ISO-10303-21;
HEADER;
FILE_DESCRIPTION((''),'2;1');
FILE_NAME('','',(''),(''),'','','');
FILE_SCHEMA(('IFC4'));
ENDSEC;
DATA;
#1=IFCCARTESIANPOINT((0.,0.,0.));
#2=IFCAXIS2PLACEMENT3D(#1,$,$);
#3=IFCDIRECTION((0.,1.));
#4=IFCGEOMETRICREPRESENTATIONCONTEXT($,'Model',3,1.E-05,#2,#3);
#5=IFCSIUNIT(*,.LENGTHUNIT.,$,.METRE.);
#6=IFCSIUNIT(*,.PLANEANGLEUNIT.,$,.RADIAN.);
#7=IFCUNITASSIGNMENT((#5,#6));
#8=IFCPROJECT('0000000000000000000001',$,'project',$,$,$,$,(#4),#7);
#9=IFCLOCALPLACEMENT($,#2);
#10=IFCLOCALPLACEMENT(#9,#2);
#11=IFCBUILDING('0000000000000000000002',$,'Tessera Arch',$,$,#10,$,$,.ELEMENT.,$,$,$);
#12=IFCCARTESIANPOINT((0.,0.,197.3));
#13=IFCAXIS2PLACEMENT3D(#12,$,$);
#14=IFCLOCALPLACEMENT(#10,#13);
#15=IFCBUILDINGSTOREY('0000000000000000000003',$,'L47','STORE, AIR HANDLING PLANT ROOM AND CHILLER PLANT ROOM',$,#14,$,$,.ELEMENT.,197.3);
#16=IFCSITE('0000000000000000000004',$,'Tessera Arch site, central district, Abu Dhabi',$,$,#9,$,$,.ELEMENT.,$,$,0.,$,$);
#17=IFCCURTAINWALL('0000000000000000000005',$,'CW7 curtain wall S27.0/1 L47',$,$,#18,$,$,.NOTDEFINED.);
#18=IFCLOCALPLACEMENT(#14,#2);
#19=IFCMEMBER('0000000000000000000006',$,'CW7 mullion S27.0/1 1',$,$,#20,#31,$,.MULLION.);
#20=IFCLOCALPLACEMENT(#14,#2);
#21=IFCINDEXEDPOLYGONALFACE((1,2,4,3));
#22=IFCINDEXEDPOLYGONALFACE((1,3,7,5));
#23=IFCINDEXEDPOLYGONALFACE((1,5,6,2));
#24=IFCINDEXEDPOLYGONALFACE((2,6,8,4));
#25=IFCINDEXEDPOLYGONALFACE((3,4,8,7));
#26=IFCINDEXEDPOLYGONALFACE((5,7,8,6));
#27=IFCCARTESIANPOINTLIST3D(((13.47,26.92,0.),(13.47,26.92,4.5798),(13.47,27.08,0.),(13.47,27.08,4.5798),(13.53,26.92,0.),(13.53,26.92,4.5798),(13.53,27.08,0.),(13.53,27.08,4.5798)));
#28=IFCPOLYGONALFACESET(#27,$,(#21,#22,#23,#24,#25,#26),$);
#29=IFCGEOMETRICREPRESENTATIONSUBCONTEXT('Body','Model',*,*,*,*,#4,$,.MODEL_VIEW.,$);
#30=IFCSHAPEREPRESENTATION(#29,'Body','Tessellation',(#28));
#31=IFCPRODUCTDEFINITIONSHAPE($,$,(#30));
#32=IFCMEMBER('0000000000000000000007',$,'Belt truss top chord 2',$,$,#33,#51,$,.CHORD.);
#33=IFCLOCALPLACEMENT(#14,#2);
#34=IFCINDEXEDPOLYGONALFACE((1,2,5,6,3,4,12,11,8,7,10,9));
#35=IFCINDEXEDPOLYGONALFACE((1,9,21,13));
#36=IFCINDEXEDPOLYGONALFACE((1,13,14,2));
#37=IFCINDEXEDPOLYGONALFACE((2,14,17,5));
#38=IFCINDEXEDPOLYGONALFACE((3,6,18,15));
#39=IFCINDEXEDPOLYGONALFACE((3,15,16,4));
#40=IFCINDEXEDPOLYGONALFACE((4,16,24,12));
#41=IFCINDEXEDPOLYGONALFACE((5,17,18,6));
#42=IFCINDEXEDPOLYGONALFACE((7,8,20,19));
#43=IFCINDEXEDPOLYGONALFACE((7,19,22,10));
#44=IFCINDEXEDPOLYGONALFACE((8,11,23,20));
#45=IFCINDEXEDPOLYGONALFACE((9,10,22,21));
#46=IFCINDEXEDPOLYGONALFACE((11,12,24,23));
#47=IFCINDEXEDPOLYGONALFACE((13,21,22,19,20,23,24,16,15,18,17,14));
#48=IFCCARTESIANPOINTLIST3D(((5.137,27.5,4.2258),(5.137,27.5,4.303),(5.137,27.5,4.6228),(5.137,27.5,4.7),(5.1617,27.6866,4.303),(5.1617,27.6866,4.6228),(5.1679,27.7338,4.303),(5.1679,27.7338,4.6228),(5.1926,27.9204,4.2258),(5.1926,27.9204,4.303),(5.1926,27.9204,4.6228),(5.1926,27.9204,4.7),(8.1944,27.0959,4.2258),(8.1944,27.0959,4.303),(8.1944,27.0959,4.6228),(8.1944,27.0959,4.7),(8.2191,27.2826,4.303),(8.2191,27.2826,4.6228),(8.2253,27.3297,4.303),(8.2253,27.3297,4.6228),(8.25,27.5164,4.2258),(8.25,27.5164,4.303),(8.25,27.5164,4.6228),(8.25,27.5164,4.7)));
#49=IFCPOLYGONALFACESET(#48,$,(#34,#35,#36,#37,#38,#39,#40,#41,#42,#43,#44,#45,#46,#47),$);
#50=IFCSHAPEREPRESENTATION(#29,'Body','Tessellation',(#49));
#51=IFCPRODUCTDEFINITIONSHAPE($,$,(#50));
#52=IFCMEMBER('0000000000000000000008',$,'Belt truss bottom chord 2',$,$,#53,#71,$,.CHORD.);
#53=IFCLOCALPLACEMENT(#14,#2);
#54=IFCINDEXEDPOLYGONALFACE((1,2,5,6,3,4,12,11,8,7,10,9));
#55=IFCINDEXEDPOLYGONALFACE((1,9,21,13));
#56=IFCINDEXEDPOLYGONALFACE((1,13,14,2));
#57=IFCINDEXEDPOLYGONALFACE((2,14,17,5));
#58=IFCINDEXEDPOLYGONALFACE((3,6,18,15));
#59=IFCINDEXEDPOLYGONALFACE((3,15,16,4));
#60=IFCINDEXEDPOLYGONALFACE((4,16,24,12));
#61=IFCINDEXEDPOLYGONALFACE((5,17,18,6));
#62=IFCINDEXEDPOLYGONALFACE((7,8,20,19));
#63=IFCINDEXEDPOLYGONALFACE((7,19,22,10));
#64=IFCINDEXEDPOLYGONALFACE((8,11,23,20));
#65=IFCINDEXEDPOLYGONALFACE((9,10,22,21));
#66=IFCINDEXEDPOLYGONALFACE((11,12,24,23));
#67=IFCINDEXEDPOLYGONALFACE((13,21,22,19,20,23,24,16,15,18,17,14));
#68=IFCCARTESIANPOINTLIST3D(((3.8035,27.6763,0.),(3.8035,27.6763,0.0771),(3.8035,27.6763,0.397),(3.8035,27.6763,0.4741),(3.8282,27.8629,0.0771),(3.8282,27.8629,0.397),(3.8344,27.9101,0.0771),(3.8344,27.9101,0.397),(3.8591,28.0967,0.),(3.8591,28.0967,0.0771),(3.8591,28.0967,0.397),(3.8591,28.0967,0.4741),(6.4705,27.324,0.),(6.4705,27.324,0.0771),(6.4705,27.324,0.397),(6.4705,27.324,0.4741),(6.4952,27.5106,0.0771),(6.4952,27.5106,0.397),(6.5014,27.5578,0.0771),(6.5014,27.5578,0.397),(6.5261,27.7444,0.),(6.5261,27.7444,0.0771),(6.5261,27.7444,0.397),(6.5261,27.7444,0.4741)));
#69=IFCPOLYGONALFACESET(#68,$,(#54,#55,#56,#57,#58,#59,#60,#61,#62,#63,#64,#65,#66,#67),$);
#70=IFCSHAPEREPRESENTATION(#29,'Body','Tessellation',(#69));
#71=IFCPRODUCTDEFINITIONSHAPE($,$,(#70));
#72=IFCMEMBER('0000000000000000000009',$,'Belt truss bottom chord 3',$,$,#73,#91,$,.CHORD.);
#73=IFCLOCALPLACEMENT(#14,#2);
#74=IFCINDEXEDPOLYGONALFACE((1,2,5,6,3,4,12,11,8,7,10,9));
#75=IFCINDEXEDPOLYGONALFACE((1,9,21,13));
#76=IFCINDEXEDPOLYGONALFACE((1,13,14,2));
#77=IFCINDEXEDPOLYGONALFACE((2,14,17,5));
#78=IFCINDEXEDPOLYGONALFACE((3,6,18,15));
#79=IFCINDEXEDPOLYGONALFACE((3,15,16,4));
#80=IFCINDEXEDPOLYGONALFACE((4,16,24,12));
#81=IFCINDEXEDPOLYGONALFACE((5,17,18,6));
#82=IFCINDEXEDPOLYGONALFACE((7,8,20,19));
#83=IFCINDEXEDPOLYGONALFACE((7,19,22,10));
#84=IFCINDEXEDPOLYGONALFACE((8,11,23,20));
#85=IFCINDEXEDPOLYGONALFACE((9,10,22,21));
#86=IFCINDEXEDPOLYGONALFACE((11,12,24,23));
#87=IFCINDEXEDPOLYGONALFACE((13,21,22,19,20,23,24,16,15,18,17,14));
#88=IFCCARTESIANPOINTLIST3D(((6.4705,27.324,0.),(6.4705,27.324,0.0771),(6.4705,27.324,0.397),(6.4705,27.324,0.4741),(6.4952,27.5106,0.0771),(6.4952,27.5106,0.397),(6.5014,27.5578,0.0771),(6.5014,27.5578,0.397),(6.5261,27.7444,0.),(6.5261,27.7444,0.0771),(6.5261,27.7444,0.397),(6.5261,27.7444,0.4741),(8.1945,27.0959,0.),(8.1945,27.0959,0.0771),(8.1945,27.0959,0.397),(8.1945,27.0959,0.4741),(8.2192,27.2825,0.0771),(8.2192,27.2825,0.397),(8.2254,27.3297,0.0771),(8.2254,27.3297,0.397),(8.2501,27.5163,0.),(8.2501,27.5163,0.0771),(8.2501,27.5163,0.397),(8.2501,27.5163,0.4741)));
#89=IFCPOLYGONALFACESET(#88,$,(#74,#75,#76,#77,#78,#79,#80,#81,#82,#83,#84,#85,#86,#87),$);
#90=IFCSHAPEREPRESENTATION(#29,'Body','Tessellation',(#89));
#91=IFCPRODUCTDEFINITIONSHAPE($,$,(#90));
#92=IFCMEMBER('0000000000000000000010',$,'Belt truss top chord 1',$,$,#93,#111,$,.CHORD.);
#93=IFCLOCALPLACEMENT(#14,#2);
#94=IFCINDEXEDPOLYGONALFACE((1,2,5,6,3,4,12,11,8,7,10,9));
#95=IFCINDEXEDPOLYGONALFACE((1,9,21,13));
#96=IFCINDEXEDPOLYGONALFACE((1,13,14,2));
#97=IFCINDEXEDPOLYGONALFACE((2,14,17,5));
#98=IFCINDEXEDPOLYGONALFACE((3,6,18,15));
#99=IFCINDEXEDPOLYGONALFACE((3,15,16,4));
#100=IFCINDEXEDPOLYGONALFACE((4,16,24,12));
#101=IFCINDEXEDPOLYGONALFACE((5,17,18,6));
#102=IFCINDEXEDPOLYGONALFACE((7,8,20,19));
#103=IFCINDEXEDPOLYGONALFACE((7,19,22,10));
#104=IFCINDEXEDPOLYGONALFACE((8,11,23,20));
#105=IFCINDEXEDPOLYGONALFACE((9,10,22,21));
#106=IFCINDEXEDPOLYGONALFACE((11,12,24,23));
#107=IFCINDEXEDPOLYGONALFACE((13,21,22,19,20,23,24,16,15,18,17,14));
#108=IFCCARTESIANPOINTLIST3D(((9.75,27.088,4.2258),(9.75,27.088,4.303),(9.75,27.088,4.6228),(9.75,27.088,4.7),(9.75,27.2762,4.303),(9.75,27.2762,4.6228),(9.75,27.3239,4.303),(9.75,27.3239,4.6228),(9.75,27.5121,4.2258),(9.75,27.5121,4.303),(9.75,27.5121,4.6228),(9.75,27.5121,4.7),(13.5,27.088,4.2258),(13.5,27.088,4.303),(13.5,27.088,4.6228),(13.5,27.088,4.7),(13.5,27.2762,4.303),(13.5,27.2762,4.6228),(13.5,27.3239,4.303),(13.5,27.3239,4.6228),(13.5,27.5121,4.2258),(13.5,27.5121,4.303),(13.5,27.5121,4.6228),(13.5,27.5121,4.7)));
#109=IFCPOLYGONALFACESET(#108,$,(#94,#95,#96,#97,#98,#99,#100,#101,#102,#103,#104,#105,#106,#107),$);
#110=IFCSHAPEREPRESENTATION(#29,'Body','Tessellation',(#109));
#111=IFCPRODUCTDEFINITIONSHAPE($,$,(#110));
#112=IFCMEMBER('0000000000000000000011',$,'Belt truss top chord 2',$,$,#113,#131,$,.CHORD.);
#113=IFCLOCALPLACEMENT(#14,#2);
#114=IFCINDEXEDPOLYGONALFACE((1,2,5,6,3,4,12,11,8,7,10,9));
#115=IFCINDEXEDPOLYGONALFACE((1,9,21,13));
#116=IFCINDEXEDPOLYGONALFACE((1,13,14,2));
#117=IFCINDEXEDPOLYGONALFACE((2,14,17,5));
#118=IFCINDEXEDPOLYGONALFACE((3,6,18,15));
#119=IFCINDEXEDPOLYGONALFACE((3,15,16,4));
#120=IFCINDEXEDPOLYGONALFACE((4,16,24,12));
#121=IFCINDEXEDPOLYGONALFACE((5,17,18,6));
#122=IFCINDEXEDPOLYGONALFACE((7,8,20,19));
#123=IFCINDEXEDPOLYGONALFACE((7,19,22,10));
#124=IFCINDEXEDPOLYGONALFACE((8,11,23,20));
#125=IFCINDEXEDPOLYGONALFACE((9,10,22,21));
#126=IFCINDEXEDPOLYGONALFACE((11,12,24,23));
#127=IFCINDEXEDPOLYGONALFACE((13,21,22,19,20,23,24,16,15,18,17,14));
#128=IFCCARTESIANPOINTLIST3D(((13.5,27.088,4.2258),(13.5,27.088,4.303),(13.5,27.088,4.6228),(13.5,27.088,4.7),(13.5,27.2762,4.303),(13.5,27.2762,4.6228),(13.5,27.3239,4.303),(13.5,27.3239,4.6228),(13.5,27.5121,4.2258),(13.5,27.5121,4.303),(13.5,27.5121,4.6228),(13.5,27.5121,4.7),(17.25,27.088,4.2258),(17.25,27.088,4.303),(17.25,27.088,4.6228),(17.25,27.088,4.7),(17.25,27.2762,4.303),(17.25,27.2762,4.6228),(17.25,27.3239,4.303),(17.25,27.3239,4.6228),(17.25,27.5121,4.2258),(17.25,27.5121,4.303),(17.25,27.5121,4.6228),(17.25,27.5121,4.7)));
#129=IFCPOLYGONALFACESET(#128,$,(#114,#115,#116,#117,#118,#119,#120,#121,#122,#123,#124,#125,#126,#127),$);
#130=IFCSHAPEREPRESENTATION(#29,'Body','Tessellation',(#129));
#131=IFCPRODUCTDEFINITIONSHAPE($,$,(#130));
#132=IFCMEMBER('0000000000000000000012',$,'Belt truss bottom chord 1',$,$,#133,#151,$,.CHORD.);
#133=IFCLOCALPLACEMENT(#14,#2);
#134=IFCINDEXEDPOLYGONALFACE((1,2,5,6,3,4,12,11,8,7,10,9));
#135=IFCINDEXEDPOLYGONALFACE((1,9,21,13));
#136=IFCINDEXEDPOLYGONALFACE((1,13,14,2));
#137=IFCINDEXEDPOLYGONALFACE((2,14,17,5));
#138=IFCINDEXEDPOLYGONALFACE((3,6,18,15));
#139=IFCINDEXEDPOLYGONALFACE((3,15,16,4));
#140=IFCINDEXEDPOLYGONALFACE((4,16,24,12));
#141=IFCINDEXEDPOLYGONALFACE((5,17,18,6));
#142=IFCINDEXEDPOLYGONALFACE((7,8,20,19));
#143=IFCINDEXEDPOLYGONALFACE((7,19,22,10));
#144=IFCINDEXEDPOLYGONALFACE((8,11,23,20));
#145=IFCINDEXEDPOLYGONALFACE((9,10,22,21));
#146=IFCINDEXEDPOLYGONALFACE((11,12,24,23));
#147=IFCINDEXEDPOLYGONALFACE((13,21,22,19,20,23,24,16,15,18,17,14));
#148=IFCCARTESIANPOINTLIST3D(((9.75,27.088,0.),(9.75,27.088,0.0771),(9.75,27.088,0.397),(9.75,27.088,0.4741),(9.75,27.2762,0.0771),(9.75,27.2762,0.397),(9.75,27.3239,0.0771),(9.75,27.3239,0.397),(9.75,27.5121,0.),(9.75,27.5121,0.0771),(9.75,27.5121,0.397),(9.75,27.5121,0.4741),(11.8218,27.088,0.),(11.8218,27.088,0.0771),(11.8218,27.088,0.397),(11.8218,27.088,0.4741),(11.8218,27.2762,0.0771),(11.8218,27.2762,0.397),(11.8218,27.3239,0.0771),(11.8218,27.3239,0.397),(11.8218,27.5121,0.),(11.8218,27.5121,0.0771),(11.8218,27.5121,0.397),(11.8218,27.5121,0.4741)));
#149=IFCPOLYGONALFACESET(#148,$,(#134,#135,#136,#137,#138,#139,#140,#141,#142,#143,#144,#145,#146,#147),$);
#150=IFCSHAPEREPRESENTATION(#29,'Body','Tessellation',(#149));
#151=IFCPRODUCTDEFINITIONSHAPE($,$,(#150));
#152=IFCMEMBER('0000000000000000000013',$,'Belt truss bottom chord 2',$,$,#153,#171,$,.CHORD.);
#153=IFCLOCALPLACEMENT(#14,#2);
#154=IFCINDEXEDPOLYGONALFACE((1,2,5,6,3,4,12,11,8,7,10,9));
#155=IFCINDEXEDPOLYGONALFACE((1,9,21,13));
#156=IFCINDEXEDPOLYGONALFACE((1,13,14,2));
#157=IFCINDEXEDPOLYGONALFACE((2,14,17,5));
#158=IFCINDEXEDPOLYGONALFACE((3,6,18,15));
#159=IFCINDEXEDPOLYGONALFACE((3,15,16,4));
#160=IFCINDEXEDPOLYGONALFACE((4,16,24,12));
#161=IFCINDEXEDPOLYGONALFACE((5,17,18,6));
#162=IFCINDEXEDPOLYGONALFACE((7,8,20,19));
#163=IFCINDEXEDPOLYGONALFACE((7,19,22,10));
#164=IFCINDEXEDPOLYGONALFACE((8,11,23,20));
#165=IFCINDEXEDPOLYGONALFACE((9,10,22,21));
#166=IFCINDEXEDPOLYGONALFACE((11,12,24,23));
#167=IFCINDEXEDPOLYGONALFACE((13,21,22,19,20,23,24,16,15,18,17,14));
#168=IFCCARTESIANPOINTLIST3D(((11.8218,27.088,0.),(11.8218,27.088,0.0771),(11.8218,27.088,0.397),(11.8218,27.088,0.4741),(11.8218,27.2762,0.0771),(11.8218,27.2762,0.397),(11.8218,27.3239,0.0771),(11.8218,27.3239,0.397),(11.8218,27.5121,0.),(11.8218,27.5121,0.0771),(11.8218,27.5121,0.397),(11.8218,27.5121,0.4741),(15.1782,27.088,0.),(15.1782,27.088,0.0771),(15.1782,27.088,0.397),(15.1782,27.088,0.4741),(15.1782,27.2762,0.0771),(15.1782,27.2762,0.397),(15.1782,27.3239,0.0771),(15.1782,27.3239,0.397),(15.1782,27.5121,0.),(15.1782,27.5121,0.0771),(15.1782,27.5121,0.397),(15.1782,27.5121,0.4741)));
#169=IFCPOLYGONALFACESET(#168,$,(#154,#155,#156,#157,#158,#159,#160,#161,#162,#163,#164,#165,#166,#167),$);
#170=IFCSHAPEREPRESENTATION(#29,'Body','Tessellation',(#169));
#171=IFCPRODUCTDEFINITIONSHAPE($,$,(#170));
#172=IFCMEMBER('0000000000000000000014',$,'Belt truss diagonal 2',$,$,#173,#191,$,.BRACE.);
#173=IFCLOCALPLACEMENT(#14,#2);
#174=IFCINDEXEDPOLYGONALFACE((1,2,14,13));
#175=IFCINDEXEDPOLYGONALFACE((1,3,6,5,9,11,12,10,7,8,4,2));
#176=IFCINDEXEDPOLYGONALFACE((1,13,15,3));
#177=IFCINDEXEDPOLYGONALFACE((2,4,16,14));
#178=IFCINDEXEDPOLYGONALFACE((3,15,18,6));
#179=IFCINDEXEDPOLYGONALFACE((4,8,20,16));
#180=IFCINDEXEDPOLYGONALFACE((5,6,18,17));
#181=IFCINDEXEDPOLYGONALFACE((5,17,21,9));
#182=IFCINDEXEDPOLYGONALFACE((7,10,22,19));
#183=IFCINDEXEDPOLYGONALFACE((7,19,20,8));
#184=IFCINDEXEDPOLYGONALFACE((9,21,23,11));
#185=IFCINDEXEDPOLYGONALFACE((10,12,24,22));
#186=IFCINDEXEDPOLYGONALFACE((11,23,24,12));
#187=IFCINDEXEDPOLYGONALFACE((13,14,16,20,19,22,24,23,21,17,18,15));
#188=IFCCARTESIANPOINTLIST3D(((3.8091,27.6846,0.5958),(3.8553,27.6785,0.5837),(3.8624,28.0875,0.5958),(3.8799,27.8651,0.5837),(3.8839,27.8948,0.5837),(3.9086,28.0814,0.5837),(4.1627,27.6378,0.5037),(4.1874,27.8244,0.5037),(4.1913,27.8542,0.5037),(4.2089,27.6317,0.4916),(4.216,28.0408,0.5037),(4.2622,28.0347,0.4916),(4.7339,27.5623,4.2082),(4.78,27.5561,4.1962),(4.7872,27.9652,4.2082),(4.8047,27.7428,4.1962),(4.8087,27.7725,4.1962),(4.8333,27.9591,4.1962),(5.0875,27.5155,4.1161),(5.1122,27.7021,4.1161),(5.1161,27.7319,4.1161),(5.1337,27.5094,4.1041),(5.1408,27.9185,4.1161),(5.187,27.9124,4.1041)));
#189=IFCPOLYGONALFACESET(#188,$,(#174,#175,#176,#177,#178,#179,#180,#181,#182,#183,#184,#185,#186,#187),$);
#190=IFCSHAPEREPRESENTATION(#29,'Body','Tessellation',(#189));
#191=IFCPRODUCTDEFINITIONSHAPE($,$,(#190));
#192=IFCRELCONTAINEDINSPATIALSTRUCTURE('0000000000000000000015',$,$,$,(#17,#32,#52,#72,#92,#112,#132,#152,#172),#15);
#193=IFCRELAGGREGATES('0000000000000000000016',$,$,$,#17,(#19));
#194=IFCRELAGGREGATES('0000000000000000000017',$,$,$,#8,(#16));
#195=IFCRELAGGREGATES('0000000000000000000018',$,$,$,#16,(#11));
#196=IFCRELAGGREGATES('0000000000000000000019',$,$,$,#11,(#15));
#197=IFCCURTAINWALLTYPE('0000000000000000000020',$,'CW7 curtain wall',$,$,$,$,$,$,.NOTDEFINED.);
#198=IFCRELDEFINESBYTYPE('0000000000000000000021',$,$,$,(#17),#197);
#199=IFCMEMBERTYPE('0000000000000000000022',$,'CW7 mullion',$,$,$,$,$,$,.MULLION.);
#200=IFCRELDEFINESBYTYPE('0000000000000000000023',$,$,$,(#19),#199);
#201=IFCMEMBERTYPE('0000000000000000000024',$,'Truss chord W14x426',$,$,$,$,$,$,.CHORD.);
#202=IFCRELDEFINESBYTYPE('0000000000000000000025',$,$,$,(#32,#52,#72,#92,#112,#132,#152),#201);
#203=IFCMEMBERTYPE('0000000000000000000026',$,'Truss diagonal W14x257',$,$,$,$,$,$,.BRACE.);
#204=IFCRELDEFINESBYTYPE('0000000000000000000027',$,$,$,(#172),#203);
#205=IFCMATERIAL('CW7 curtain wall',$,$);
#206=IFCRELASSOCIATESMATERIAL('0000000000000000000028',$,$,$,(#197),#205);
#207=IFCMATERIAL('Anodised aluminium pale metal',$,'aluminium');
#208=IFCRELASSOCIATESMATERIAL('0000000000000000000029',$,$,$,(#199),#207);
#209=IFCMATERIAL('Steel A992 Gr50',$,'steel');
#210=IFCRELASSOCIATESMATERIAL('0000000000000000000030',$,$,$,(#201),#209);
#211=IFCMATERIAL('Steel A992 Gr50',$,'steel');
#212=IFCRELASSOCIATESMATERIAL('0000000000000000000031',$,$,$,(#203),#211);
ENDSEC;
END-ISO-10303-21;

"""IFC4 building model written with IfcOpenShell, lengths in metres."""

from ifc_helpers import new_model, si_unit, direction, frame, origin, origin_2d, place, context, subcontext, project, spatial, rectangle, i_section, extrude, material, material_profile, profile_set, type_object, element, aggregate, save


model = new_model("IFC4")

# Units and contexts
model_context = context("Model", 3, precision=1e-05, world=origin(), true_north=direction((0.0, 1.0)))
body_context = subcontext(model_context, "Body", "Model", "MODEL_VIEW")
ifc_project = project(units=[si_unit("LENGTHUNIT", "METRE"), si_unit("PLANEANGLEUNIT", "RADIAN")], contexts=[model_context])

# Site, building, storey
site_placement = place(None, origin())
site = spatial("IfcSite", under=ifc_project, at=site_placement, Name="Tessera Arch site, central district, Abu Dhabi", CompositionType="ELEMENT", RefElevation=0.0)
building_placement = place(site_placement, origin())
building = spatial("IfcBuilding", under=site, at=building_placement, Name="Tessera Arch", CompositionType="ELEMENT")
storey_placement = place(building_placement, frame((0.0, 0.0, 197.3)))
storey = spatial("IfcBuildingStorey", under=building, at=storey_placement, Name="L47", Description="STORE, AIR HANDLING PLANT ROOM AND CHILLER PLANT ROOM", CompositionType="ELEMENT", Elevation=197.3)

# Curtain wall, member
ifc_material_1 = material(Name="CW7 curtain wall")
curtain_wall_type = type_object("IfcCurtainWallType", Name="CW7 curtain wall", PredefinedType="NOTDEFINED", material=ifc_material_1)
curtain_wall_placement = place(storey_placement, origin())
curtain_wall = element("IfcCurtainWall", 1, at=curtain_wall_placement, inside=storey, type_object=curtain_wall_type, Name="CW7 curtain wall S27.0/1 L47", PredefinedType="NOTDEFINED")
ifc_material_2 = material(Name="Anodised aluminium pale metal", Category="aluminium")
ifc_material_profile_1 = material_profile(ifc_material_2, rectangle(XDim=0.1599, YDim=0.0601, at=origin_2d()), Name="AL 60x160")
ifc_profile_set_1 = profile_set([ifc_material_profile_1], Name="Anodised aluminium pale metal")
member_type_1 = type_object("IfcMemberType", Name="CW7 mullion", PredefinedType="MULLION", material=ifc_profile_set_1)
member_1_placement = place(storey_placement, frame((13.5, 27.0, 0.0), z_axis=(0.0, 0.0, 1.0), x_axis=(0.0, 1.0, 0.0)))
member_1 = element("IfcMember", 2, at=member_1_placement, type_object=member_type_1, Name="CW7 mullion S27.0/1 1", PredefinedType="MULLION", context=body_context, shape_type="SweptSolid", body=[
    extrude(rectangle(XDim=0.1599, YDim=0.0601, at=origin_2d()), origin(), (0.0, 0.0, 1.0), 4.5798),
])

# Members
ifc_material_3 = material(Name="Steel A992 Gr50", Category="steel")
ifc_material_profile_2 = material_profile(ifc_material_3, i_section(OverallWidth=0.4241, OverallDepth=0.4741, WebThickness=0.0476, FlangeThickness=0.0771, at=origin_2d()), Name="W14x426")
ifc_profile_set_2 = profile_set([ifc_material_profile_2], Name="Steel A992 Gr50")
member_type_2 = type_object("IfcMemberType", Name="Truss chord W14x426", PredefinedType="CHORD", material=ifc_profile_set_2)
member_2_placement = place(storey_placement, frame((5.1648, 27.7102, 4.4629), z_axis=(0.99138, -0.131018, 0.0), x_axis=(0.131018, 0.99138, 0.0)))
element("IfcMember", 3, at=member_2_placement, inside=storey, type_object=member_type_2, Name="Belt truss top chord 2", PredefinedType="CHORD", context=body_context, shape_type="SweptSolid", body=[
    extrude(i_section(OverallWidth=0.4241, OverallDepth=0.4741, WebThickness=0.0476, FlangeThickness=0.0771, at=origin_2d()), origin(), (0.0, 0.0, 1.0), 3.084),
])
member_3_placement = place(storey_placement, frame((3.8313, 27.8865, 0.2371), z_axis=(0.991388, -0.130957, 0.0), x_axis=(0.130957, 0.991388, 0.0)))
element("IfcMember", 4, at=member_3_placement, inside=storey, type_object=member_type_2, Name="Belt truss bottom chord 2", PredefinedType="CHORD", context=body_context, shape_type="SweptSolid", body=[
    extrude(i_section(OverallWidth=0.4241, OverallDepth=0.4741, WebThickness=0.0476, FlangeThickness=0.0771, at=origin_2d()), origin(), (0.0, 0.0, 1.0), 2.6902),
])
member_4_placement = place(storey_placement, frame((6.4983, 27.5342, 0.2371), z_axis=(0.991365, -0.131134, 0.0), x_axis=(0.131134, 0.991365, 0.0)))
element("IfcMember", 5, at=member_4_placement, inside=storey, type_object=member_type_2, Name="Belt truss bottom chord 3", PredefinedType="CHORD", context=body_context, shape_type="SweptSolid", body=[
    extrude(i_section(OverallWidth=0.4241, OverallDepth=0.4741, WebThickness=0.0476, FlangeThickness=0.0771, at=origin_2d()), origin(), (0.0, 0.0, 1.0), 1.739),
])
for number, where, z_axis, x_axis, name in (
    (6, (9.75, 27.3, 4.4629), (1.0, 0.0, 0.0), (0.0, 1.0, 0.0), "Belt truss top chord 1"),
    (7, (13.5, 27.3, 4.4629), (1.0, 0.0, 0.0), (0.0, 1.0, 0.0), "Belt truss top chord 2"),
):
    element("IfcMember", number, at=place(storey_placement, frame(where, z_axis=z_axis, x_axis=x_axis)), inside=storey, type_object=member_type_2, Name=name, PredefinedType="CHORD", context=body_context, shape_type="SweptSolid", body=[
        extrude(i_section(OverallWidth=0.4241, OverallDepth=0.4741, WebThickness=0.0476, FlangeThickness=0.0771, at=origin_2d()), origin(), (0.0, 0.0, 1.0), 3.75),
    ])
member_5_placement = place(storey_placement, frame((9.75, 27.3, 0.2371), z_axis=(1.0, 0.0, 0.0), x_axis=(0.0, 1.0, 0.0)))
element("IfcMember", 8, at=member_5_placement, inside=storey, type_object=member_type_2, Name="Belt truss bottom chord 1", PredefinedType="CHORD", context=body_context, shape_type="SweptSolid", body=[
    extrude(i_section(OverallWidth=0.4241, OverallDepth=0.4741, WebThickness=0.0476, FlangeThickness=0.0771, at=origin_2d()), origin(), (0.0, 0.0, 1.0), 2.0718),
])
member_6_placement = place(storey_placement, frame((11.8218, 27.3, 0.2371), z_axis=(1.0, 0.0, 0.0), x_axis=(0.0, 1.0, 0.0)))
element("IfcMember", 9, at=member_6_placement, inside=storey, type_object=member_type_2, Name="Belt truss bottom chord 2", PredefinedType="CHORD", context=body_context, shape_type="SweptSolid", body=[
    extrude(i_section(OverallWidth=0.4241, OverallDepth=0.4741, WebThickness=0.0476, FlangeThickness=0.0771, at=origin_2d()), origin(), (0.0, 0.0, 1.0), 3.3564),
])
ifc_material_4 = material(Name="Steel A992 Gr50", Category="steel")
ifc_material_profile_3 = material_profile(ifc_material_4, i_section(OverallWidth=0.4065, OverallDepth=0.4165, WebThickness=0.03, FlangeThickness=0.0481, at=origin_2d()), Name="W14x257")
ifc_profile_set_3 = profile_set([ifc_material_profile_3], Name="Steel A992 Gr50")
member_type_3 = type_object("IfcMemberType", Name="Truss diagonal W14x257", PredefinedType="BRACE", material=ifc_profile_set_3)
for number, where, z_axis, x_axis, name in (
    (10, (4.0356, 27.8596, 0.5437), (0.247867, -0.032783, 0.968239), (0.131118, 0.991367, 0.0), "Belt truss diagonal 2"),
):
    element("IfcMember", number, at=place(storey_placement, frame(where, z_axis=z_axis, x_axis=x_axis)), inside=storey, type_object=member_type_3, Name=name, PredefinedType="BRACE", context=body_context, shape_type="SweptSolid", body=[
        extrude(i_section(OverallWidth=0.4065, OverallDepth=0.4165, WebThickness=0.03, FlangeThickness=0.0481, at=origin_2d()), origin(), (0.0, 0.0, 1.0), 3.731),
    ])

aggregate(curtain_wall, [member_1])

save(model, "model.ifc")
